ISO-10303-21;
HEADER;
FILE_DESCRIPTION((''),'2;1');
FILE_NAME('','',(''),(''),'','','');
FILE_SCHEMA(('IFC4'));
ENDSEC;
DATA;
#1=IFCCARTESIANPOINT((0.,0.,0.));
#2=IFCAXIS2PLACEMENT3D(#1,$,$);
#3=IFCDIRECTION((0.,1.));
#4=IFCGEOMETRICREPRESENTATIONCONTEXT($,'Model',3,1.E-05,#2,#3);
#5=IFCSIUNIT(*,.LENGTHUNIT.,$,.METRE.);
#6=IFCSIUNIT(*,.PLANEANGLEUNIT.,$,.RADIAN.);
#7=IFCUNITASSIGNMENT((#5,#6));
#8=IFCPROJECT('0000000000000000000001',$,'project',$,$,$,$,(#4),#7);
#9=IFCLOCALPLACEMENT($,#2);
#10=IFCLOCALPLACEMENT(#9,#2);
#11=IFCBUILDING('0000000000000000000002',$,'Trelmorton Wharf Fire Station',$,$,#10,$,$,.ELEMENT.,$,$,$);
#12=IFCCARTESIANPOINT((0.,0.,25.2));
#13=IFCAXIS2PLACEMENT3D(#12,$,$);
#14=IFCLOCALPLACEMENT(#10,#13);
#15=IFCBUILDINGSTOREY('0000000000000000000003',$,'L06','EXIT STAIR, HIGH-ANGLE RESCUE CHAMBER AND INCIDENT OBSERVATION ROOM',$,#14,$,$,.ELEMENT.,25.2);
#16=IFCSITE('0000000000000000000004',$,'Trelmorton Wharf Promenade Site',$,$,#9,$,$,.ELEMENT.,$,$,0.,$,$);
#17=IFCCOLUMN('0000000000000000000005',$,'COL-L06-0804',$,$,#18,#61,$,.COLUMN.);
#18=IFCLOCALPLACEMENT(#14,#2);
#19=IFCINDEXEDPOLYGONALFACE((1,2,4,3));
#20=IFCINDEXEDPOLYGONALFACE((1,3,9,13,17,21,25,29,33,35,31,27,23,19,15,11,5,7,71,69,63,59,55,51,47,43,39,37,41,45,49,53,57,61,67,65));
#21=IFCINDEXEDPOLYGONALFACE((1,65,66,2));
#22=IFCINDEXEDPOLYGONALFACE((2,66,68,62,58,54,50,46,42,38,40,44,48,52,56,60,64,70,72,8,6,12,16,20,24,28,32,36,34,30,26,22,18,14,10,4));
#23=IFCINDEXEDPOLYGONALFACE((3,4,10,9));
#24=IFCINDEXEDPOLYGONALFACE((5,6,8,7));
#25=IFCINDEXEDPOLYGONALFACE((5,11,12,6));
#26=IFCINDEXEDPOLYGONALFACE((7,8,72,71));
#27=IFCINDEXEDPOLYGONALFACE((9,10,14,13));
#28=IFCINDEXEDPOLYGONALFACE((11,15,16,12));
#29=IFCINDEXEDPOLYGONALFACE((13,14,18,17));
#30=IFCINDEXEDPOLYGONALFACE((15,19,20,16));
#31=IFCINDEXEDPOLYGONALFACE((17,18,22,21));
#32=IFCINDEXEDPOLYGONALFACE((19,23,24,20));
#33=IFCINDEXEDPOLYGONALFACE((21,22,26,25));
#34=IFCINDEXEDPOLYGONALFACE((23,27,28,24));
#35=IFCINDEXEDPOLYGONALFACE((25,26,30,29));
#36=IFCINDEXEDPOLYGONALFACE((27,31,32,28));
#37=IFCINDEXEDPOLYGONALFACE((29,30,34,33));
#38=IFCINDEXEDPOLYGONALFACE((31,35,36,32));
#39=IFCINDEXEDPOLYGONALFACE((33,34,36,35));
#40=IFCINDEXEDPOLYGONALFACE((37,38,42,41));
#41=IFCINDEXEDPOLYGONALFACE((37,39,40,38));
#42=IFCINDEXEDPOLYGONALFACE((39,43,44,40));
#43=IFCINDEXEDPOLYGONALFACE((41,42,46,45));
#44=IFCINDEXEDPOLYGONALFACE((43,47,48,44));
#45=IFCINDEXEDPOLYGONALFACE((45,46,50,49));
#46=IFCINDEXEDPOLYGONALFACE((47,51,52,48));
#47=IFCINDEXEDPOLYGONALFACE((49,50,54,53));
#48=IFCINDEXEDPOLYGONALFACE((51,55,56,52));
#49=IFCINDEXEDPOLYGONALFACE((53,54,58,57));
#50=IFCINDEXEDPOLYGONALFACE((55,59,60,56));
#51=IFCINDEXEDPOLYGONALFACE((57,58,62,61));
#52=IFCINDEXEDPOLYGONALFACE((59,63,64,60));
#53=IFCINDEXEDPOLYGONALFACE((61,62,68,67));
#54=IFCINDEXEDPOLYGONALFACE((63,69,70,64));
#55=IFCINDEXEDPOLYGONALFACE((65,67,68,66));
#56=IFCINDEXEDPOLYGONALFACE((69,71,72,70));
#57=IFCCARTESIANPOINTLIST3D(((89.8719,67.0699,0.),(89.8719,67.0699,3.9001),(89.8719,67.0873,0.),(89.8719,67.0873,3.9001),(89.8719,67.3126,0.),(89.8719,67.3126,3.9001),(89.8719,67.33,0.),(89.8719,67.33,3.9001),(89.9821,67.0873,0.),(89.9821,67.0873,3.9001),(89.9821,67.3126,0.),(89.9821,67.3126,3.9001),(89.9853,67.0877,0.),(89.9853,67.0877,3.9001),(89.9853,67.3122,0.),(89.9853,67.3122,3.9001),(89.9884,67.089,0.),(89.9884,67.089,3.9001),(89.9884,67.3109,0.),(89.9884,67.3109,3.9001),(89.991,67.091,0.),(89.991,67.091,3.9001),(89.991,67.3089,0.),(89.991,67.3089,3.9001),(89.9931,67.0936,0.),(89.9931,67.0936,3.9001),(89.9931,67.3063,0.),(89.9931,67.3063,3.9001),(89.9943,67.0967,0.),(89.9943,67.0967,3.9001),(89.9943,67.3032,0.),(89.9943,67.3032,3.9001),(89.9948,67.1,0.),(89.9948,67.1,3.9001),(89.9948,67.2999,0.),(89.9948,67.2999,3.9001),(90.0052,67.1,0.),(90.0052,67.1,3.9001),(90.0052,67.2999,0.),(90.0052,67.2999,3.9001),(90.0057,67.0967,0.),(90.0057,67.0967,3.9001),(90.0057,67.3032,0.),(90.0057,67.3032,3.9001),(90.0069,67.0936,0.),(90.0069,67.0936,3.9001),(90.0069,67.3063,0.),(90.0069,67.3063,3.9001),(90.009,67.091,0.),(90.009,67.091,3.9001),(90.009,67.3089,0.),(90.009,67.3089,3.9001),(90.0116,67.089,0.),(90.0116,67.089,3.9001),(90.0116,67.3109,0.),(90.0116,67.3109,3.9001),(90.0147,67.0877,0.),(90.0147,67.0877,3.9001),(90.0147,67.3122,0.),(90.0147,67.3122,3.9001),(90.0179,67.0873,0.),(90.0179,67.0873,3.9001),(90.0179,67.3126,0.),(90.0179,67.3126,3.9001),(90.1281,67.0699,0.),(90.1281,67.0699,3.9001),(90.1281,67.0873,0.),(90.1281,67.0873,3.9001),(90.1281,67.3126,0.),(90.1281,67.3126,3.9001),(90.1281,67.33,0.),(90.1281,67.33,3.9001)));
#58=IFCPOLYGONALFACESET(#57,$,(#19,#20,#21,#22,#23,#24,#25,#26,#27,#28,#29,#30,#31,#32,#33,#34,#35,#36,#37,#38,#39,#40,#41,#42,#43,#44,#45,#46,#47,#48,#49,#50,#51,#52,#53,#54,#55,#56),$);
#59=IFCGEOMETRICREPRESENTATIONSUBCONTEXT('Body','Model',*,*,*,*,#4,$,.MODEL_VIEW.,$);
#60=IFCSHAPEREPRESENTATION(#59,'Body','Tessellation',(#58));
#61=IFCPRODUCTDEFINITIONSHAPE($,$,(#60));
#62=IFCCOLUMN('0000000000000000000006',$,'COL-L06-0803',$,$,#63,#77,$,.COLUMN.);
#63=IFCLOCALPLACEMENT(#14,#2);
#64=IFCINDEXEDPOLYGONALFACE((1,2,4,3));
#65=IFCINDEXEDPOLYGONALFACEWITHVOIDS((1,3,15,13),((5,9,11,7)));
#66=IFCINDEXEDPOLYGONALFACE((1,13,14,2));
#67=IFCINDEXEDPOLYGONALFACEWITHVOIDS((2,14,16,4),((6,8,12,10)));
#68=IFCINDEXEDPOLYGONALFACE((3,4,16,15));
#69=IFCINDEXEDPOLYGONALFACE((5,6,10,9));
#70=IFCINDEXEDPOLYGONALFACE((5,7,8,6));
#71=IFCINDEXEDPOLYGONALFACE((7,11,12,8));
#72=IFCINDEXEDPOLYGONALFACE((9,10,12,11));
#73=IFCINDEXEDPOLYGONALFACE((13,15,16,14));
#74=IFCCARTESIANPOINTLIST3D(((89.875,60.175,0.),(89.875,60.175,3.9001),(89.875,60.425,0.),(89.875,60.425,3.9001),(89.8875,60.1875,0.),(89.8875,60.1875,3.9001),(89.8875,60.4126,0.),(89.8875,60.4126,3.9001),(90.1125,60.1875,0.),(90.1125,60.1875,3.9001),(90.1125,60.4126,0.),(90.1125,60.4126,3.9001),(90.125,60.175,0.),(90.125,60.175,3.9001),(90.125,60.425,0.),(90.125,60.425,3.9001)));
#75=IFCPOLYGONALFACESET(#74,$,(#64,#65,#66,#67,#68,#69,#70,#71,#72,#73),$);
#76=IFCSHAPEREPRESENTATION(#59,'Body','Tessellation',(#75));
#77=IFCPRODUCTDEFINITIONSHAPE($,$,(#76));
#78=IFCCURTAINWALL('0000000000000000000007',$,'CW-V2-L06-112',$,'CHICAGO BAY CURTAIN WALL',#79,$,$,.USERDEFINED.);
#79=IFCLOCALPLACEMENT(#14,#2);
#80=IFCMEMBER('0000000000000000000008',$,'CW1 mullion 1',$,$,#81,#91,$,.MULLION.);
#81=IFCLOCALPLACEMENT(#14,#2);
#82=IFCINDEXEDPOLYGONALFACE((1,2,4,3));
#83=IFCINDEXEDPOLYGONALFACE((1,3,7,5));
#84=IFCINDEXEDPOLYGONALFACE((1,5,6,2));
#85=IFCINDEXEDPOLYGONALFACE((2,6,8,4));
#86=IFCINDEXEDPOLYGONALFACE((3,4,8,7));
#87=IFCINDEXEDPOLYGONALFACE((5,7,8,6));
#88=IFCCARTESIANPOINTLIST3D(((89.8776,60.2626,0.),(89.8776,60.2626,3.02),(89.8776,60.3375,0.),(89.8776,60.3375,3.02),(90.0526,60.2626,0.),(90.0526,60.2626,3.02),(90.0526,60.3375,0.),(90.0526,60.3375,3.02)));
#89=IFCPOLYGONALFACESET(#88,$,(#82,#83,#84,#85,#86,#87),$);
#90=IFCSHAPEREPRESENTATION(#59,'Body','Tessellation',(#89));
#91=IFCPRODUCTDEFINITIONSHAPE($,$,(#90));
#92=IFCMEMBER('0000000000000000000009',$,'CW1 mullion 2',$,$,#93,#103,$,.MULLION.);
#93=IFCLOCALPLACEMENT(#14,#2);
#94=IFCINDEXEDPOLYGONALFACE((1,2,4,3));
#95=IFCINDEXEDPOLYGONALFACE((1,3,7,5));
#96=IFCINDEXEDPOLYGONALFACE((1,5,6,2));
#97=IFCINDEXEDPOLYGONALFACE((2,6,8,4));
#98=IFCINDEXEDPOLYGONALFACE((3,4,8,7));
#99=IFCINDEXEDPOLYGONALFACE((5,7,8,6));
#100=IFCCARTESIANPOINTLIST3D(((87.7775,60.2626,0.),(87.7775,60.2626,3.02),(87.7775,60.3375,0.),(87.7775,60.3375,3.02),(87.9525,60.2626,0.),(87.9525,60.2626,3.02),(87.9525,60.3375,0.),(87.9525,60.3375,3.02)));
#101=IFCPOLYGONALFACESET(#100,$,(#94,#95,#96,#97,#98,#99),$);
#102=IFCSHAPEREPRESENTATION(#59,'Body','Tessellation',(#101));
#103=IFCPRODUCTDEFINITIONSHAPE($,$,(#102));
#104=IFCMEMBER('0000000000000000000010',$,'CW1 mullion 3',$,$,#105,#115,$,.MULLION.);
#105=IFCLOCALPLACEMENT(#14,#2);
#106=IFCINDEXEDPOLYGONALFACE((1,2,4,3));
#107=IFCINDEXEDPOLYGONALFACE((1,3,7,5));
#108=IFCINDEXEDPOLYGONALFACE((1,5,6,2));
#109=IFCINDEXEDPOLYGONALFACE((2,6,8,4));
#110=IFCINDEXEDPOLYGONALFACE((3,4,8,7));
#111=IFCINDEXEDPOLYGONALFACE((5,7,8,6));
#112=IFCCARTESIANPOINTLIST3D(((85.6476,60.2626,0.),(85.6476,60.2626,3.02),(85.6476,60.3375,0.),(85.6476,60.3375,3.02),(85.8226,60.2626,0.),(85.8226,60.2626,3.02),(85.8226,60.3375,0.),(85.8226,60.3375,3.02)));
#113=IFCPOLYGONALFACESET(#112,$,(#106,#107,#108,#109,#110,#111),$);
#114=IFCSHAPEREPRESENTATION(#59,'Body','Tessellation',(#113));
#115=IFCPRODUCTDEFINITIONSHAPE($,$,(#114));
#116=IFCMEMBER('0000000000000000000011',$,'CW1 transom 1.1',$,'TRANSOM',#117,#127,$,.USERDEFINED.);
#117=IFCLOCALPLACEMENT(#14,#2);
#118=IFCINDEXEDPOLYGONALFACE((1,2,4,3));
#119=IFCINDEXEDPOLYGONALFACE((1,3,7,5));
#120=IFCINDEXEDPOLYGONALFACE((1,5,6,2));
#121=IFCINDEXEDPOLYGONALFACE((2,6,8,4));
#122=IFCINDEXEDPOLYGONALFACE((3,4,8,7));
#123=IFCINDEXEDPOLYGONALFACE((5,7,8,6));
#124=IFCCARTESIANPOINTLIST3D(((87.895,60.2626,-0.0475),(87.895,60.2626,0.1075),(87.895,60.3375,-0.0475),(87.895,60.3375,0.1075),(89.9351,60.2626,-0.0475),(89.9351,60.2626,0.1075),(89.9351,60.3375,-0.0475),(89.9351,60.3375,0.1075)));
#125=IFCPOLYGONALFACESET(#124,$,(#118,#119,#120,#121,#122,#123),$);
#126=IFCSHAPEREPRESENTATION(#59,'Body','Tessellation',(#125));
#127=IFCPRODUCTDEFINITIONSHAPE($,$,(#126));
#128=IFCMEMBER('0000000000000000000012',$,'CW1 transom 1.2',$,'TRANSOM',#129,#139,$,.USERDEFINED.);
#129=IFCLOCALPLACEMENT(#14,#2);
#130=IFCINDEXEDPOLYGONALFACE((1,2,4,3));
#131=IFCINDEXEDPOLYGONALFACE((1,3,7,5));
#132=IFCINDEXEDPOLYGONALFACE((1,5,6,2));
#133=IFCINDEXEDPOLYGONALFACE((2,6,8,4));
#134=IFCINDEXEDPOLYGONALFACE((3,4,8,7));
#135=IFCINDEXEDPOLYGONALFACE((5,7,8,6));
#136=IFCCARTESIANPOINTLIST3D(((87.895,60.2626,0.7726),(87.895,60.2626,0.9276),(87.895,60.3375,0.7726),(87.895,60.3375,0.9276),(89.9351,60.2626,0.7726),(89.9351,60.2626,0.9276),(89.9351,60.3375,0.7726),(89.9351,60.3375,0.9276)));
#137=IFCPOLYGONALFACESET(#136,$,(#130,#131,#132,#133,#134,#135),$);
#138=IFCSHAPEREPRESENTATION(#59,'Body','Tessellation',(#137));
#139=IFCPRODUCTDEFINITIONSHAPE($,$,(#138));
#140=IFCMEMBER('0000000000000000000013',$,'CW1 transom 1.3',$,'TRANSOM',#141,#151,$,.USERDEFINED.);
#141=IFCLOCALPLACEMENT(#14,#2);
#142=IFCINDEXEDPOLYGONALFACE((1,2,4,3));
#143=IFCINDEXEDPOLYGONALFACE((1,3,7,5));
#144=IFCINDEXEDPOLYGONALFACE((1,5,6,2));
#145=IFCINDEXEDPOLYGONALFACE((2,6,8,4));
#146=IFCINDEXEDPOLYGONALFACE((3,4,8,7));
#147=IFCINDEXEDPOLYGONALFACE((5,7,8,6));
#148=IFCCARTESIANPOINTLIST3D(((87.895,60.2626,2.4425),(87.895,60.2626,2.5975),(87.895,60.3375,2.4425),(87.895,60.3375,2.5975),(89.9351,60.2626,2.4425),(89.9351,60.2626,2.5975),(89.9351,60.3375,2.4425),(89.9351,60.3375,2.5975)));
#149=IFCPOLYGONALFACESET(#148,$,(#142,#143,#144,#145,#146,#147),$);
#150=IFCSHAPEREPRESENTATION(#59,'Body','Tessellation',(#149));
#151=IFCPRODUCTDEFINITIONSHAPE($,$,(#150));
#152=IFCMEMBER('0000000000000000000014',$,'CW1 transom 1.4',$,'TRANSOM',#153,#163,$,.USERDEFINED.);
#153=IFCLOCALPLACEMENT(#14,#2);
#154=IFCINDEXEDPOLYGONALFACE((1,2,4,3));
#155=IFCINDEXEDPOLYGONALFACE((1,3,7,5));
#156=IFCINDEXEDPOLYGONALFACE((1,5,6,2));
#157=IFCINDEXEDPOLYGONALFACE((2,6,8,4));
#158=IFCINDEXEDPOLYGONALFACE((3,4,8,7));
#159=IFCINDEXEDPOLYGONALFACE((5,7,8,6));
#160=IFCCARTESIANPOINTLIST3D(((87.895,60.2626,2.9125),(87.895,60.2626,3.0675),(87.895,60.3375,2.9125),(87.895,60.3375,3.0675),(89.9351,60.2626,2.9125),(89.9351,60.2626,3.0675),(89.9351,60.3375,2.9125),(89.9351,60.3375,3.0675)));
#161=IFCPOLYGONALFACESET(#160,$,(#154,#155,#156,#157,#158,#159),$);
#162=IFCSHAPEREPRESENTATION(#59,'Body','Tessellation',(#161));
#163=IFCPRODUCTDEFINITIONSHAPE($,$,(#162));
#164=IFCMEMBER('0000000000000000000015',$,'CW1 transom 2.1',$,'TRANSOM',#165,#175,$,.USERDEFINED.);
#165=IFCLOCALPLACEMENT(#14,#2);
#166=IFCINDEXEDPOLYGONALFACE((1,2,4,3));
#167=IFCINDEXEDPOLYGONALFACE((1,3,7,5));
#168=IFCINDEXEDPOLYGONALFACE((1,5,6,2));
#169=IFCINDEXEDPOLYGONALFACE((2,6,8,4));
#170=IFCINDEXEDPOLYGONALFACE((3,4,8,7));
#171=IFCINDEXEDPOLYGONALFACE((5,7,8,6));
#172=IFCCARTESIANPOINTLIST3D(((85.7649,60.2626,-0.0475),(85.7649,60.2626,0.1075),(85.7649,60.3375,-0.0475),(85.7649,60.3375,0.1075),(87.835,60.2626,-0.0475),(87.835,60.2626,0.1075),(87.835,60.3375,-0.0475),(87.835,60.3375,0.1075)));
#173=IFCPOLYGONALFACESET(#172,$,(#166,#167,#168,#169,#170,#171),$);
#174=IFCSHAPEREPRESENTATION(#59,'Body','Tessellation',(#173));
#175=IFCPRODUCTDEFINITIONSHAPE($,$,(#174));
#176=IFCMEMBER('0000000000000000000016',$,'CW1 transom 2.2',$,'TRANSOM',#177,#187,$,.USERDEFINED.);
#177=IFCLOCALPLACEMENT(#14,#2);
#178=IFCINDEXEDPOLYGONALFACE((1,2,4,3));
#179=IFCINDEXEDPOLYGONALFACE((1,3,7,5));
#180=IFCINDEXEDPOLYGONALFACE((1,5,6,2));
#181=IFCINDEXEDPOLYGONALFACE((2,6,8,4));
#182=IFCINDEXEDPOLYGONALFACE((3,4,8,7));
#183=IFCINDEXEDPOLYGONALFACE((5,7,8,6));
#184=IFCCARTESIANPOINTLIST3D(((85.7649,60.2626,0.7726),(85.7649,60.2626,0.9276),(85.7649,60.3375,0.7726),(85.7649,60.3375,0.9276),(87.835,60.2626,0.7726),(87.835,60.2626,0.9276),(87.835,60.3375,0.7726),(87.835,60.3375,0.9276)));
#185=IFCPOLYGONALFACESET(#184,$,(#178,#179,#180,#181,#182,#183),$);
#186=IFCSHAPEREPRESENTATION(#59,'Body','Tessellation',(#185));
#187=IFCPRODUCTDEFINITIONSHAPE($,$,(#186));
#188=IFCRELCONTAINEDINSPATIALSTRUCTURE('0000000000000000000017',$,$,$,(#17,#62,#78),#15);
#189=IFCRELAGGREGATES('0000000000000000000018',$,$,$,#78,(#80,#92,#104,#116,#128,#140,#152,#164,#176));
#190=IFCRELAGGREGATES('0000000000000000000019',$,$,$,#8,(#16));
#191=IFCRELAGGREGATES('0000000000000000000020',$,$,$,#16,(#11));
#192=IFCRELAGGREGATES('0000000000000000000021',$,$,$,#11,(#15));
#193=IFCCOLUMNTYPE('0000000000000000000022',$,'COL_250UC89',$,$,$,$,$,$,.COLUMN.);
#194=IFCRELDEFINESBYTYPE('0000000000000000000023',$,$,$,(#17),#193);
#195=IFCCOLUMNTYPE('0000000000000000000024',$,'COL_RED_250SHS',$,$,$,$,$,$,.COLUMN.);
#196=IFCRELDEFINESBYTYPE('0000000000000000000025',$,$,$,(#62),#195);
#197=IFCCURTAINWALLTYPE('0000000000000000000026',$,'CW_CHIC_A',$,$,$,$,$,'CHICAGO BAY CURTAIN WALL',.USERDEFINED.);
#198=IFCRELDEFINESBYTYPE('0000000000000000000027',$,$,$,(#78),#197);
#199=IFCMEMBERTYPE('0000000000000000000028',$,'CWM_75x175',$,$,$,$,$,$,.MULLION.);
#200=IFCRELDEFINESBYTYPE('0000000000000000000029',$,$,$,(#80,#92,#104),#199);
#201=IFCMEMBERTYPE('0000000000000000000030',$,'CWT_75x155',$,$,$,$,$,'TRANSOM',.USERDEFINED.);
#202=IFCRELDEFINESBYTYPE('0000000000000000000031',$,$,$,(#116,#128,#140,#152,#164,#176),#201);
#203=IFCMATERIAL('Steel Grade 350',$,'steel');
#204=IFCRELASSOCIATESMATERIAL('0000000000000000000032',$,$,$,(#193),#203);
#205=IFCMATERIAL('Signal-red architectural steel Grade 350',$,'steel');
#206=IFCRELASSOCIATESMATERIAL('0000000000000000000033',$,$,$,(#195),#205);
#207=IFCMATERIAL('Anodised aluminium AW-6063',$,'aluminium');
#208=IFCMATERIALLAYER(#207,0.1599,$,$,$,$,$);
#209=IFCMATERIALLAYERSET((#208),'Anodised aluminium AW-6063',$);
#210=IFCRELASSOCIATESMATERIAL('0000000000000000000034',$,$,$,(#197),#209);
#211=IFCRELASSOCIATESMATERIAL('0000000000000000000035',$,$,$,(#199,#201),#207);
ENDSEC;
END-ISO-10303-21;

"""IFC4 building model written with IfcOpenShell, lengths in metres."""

from ifc_helpers import new_model, si_unit, direction, frame, origin, origin_2d, place, context, subcontext, project, spatial, rectangle, hollow_rectangle, i_section, extrude, material, layer, layer_set, material_profile, profile_set, type_object, element, aggregate, save


model = new_model("IFC4")

# Units and contexts
model_context = context("Model", 3, precision=1e-05, world=origin(), true_north=direction((0.0, 1.0)))
body_context = subcontext(model_context, "Body", "Model", "MODEL_VIEW")
ifc_project = project(units=[si_unit("LENGTHUNIT", "METRE"), si_unit("PLANEANGLEUNIT", "RADIAN")], contexts=[model_context])

# Site, building, storey
site_placement = place(None, origin())
site = spatial("IfcSite", under=ifc_project, at=site_placement, Name="Trelmorton Wharf Promenade Site", CompositionType="ELEMENT", RefElevation=0.0)
building_placement = place(site_placement, origin())
building = spatial("IfcBuilding", under=site, at=building_placement, Name="Trelmorton Wharf Fire Station", CompositionType="ELEMENT")
storey_placement = place(building_placement, frame((0.0, 0.0, 25.2)))
storey = spatial("IfcBuildingStorey", under=building, at=storey_placement, Name="L06", Description="EXIT STAIR, HIGH-ANGLE RESCUE CHAMBER AND INCIDENT OBSERVATION ROOM", CompositionType="ELEMENT", Elevation=25.2)

# Columns
ifc_material_1 = material(Name="Steel Grade 350", Category="steel")
ifc_material_profile_1 = material_profile(ifc_material_1, i_section(OverallWidth=0.2561, OverallDepth=0.26, WebThickness=0.0105, FlangeThickness=0.0173, FilletRadius=0.0127, at=origin_2d()), Name="250UC89.5")
ifc_profile_set_1 = profile_set([ifc_material_profile_1], Name="Steel Grade 350")
column_type_1 = type_object("IfcColumnType", Name="COL_250UC89", PredefinedType="COLUMN", material=ifc_profile_set_1)
column_1_placement = place(storey_placement, frame((90.0, 67.2, 0.0), z_axis=(0.0, 0.0, 1.0), x_axis=(1.0, 0.0, 0.0)))
element("IfcColumn", 1, at=column_1_placement, inside=storey, type_object=column_type_1, Name="COL-L06-0804", PredefinedType="COLUMN", context=body_context, shape_type="SweptSolid", body=[
    extrude(i_section(OverallWidth=0.2561, OverallDepth=0.26, WebThickness=0.0105, FlangeThickness=0.0173, FilletRadius=0.0127, at=origin_2d()), origin(), (0.0, 0.0, 1.0), 3.9001),
])
ifc_material_2 = material(Name="Signal-red architectural steel Grade 350", Category="steel")
ifc_material_profile_2 = material_profile(ifc_material_2, hollow_rectangle(XDim=0.25, YDim=0.25, WallThickness=0.0125, at=origin_2d()), Name="250x250x12.5SHS")
ifc_profile_set_2 = profile_set([ifc_material_profile_2], Name="Signal-red architectural steel Grade 350")
column_type_2 = type_object("IfcColumnType", Name="COL_RED_250SHS", PredefinedType="COLUMN", material=ifc_profile_set_2)
column_2_placement = place(storey_placement, frame((90.0, 60.3, 0.0), z_axis=(0.0, 0.0, 1.0), x_axis=(1.0, 0.0, 0.0)))
element("IfcColumn", 2, at=column_2_placement, inside=storey, type_object=column_type_2, Name="COL-L06-0803", PredefinedType="COLUMN", context=body_context, shape_type="SweptSolid", body=[
    extrude(hollow_rectangle(XDim=0.25, YDim=0.25, WallThickness=0.0125, at=origin_2d()), origin(), (0.0, 0.0, 1.0), 3.9001),
])

# Curtain wall, members
ifc_material_3 = material(Name="Anodised aluminium AW-6063", Category="aluminium")
ifc_layer_1 = layer(ifc_material_3, 0.1599)
ifc_layer_set_1 = layer_set([ifc_layer_1], Name="Anodised aluminium AW-6063")
curtain_wall_type = type_object("IfcCurtainWallType", Name="CW_CHIC_A", ElementType="CHICAGO BAY CURTAIN WALL", PredefinedType="USERDEFINED", material=ifc_layer_set_1)
curtain_wall_placement = place(storey_placement, origin())
curtain_wall = element("IfcCurtainWall", 3, at=curtain_wall_placement, inside=storey, type_object=curtain_wall_type, Name="CW-V2-L06-112", ObjectType="CHICAGO BAY CURTAIN WALL", PredefinedType="USERDEFINED")
ifc_material_profile_3 = material_profile(ifc_material_3, rectangle(XDim=0.075, YDim=0.175, at=origin_2d()), Name="ALU-75x175")
ifc_profile_set_3 = profile_set([ifc_material_profile_3], Name="Anodised aluminium AW-6063")
member_type_1 = type_object("IfcMemberType", Name="CWM_75x175", PredefinedType="MULLION", material=ifc_profile_set_3)
member_1_placement = place(storey_placement, frame((89.9651, 60.3, 0.0), z_axis=(0.0, 0.0, 1.0), x_axis=(0.0, -1.0, 0.0)))
member_1 = element("IfcMember", 4, at=member_1_placement, type_object=member_type_1, Name="CW1 mullion 1", PredefinedType="MULLION", context=body_context, shape_type="SweptSolid", body=[
    extrude(rectangle(XDim=0.075, YDim=0.175, at=origin_2d()), origin(), (0.0, 0.0, 1.0), 3.02),
])
member_2_placement = place(storey_placement, frame((87.865, 60.3, 0.0), z_axis=(0.0, 0.0, 1.0), x_axis=(0.0, -1.0, 0.0)))
member_2 = element("IfcMember", 5, at=member_2_placement, type_object=member_type_1, Name="CW1 mullion 2", PredefinedType="MULLION", context=body_context, shape_type="SweptSolid", body=[
    extrude(rectangle(XDim=0.075, YDim=0.175, at=origin_2d()), origin(), (0.0, 0.0, 1.0), 3.02),
])
member_3_placement = place(storey_placement, frame((85.7351, 60.3, 0.0), z_axis=(0.0, 0.0, 1.0), x_axis=(0.0, -1.0, 0.0)))
member_3 = element("IfcMember", 6, at=member_3_placement, type_object=member_type_1, Name="CW1 mullion 3", PredefinedType="MULLION", context=body_context, shape_type="SweptSolid", body=[
    extrude(rectangle(XDim=0.075, YDim=0.175, at=origin_2d()), origin(), (0.0, 0.0, 1.0), 3.02),
])
ifc_material_profile_4 = material_profile(ifc_material_3, rectangle(XDim=0.075, YDim=0.155, at=origin_2d()), Name="ALU-75x155")
ifc_profile_set_4 = profile_set([ifc_material_profile_4], Name="Anodised aluminium AW-6063")
member_type_2 = type_object("IfcMemberType", Name="CWT_75x155", ElementType="TRANSOM", PredefinedType="USERDEFINED", material=ifc_profile_set_4)
member_4_placement = place(storey_placement, frame((89.9351, 60.3, 0.03), z_axis=(-1.0, 0.0, 0.0), x_axis=(0.0, -1.0, 0.0)))
member_4 = element("IfcMember", 7, at=member_4_placement, type_object=member_type_2, Name="CW1 transom 1.1", ObjectType="TRANSOM", PredefinedType="USERDEFINED", context=body_context, shape_type="SweptSolid", body=[
    extrude(rectangle(XDim=0.075, YDim=0.155, at=origin_2d()), origin(), (0.0, 0.0, 1.0), 2.04),
])
member_5_placement = place(storey_placement, frame((89.9351, 60.3, 0.8501), z_axis=(-1.0, 0.0, 0.0), x_axis=(0.0, -1.0, 0.0)))
member_5 = element("IfcMember", 8, at=member_5_placement, type_object=member_type_2, Name="CW1 transom 1.2", ObjectType="TRANSOM", PredefinedType="USERDEFINED", context=body_context, shape_type="SweptSolid", body=[
    extrude(rectangle(XDim=0.075, YDim=0.155, at=origin_2d()), origin(), (0.0, 0.0, 1.0), 2.04),
])
member_6_placement = place(storey_placement, frame((89.9351, 60.3, 2.52), z_axis=(-1.0, 0.0, 0.0), x_axis=(0.0, -1.0, 0.0)))
member_6 = element("IfcMember", 9, at=member_6_placement, type_object=member_type_2, Name="CW1 transom 1.3", ObjectType="TRANSOM", PredefinedType="USERDEFINED", context=body_context, shape_type="SweptSolid", body=[
    extrude(rectangle(XDim=0.075, YDim=0.155, at=origin_2d()), origin(), (0.0, 0.0, 1.0), 2.04),
])
member_7_placement = place(storey_placement, frame((89.9351, 60.3, 2.99), z_axis=(-1.0, 0.0, 0.0), x_axis=(0.0, -1.0, 0.0)))
member_7 = element("IfcMember", 10, at=member_7_placement, type_object=member_type_2, Name="CW1 transom 1.4", ObjectType="TRANSOM", PredefinedType="USERDEFINED", context=body_context, shape_type="SweptSolid", body=[
    extrude(rectangle(XDim=0.075, YDim=0.155, at=origin_2d()), origin(), (0.0, 0.0, 1.0), 2.04),
])
member_8_placement = place(storey_placement, frame((87.835, 60.3, 0.03), z_axis=(-1.0, 0.0, 0.0), x_axis=(0.0, -1.0, 0.0)))
member_8 = element("IfcMember", 11, at=member_8_placement, type_object=member_type_2, Name="CW1 transom 2.1", ObjectType="TRANSOM", PredefinedType="USERDEFINED", context=body_context, shape_type="SweptSolid", body=[
    extrude(rectangle(XDim=0.075, YDim=0.155, at=origin_2d()), origin(), (0.0, 0.0, 1.0), 2.0701),
])
member_9_placement = place(storey_placement, frame((87.835, 60.3, 0.8501), z_axis=(-1.0, 0.0, 0.0), x_axis=(0.0, -1.0, 0.0)))
member_9 = element("IfcMember", 12, at=member_9_placement, type_object=member_type_2, Name="CW1 transom 2.2", ObjectType="TRANSOM", PredefinedType="USERDEFINED", context=body_context, shape_type="SweptSolid", body=[
    extrude(rectangle(XDim=0.075, YDim=0.155, at=origin_2d()), origin(), (0.0, 0.0, 1.0), 2.0701),
])
aggregate(curtain_wall, [member_1, member_2, member_3, member_4, member_5, member_6, member_7, member_8, member_9])

save(model, "model.ifc")
